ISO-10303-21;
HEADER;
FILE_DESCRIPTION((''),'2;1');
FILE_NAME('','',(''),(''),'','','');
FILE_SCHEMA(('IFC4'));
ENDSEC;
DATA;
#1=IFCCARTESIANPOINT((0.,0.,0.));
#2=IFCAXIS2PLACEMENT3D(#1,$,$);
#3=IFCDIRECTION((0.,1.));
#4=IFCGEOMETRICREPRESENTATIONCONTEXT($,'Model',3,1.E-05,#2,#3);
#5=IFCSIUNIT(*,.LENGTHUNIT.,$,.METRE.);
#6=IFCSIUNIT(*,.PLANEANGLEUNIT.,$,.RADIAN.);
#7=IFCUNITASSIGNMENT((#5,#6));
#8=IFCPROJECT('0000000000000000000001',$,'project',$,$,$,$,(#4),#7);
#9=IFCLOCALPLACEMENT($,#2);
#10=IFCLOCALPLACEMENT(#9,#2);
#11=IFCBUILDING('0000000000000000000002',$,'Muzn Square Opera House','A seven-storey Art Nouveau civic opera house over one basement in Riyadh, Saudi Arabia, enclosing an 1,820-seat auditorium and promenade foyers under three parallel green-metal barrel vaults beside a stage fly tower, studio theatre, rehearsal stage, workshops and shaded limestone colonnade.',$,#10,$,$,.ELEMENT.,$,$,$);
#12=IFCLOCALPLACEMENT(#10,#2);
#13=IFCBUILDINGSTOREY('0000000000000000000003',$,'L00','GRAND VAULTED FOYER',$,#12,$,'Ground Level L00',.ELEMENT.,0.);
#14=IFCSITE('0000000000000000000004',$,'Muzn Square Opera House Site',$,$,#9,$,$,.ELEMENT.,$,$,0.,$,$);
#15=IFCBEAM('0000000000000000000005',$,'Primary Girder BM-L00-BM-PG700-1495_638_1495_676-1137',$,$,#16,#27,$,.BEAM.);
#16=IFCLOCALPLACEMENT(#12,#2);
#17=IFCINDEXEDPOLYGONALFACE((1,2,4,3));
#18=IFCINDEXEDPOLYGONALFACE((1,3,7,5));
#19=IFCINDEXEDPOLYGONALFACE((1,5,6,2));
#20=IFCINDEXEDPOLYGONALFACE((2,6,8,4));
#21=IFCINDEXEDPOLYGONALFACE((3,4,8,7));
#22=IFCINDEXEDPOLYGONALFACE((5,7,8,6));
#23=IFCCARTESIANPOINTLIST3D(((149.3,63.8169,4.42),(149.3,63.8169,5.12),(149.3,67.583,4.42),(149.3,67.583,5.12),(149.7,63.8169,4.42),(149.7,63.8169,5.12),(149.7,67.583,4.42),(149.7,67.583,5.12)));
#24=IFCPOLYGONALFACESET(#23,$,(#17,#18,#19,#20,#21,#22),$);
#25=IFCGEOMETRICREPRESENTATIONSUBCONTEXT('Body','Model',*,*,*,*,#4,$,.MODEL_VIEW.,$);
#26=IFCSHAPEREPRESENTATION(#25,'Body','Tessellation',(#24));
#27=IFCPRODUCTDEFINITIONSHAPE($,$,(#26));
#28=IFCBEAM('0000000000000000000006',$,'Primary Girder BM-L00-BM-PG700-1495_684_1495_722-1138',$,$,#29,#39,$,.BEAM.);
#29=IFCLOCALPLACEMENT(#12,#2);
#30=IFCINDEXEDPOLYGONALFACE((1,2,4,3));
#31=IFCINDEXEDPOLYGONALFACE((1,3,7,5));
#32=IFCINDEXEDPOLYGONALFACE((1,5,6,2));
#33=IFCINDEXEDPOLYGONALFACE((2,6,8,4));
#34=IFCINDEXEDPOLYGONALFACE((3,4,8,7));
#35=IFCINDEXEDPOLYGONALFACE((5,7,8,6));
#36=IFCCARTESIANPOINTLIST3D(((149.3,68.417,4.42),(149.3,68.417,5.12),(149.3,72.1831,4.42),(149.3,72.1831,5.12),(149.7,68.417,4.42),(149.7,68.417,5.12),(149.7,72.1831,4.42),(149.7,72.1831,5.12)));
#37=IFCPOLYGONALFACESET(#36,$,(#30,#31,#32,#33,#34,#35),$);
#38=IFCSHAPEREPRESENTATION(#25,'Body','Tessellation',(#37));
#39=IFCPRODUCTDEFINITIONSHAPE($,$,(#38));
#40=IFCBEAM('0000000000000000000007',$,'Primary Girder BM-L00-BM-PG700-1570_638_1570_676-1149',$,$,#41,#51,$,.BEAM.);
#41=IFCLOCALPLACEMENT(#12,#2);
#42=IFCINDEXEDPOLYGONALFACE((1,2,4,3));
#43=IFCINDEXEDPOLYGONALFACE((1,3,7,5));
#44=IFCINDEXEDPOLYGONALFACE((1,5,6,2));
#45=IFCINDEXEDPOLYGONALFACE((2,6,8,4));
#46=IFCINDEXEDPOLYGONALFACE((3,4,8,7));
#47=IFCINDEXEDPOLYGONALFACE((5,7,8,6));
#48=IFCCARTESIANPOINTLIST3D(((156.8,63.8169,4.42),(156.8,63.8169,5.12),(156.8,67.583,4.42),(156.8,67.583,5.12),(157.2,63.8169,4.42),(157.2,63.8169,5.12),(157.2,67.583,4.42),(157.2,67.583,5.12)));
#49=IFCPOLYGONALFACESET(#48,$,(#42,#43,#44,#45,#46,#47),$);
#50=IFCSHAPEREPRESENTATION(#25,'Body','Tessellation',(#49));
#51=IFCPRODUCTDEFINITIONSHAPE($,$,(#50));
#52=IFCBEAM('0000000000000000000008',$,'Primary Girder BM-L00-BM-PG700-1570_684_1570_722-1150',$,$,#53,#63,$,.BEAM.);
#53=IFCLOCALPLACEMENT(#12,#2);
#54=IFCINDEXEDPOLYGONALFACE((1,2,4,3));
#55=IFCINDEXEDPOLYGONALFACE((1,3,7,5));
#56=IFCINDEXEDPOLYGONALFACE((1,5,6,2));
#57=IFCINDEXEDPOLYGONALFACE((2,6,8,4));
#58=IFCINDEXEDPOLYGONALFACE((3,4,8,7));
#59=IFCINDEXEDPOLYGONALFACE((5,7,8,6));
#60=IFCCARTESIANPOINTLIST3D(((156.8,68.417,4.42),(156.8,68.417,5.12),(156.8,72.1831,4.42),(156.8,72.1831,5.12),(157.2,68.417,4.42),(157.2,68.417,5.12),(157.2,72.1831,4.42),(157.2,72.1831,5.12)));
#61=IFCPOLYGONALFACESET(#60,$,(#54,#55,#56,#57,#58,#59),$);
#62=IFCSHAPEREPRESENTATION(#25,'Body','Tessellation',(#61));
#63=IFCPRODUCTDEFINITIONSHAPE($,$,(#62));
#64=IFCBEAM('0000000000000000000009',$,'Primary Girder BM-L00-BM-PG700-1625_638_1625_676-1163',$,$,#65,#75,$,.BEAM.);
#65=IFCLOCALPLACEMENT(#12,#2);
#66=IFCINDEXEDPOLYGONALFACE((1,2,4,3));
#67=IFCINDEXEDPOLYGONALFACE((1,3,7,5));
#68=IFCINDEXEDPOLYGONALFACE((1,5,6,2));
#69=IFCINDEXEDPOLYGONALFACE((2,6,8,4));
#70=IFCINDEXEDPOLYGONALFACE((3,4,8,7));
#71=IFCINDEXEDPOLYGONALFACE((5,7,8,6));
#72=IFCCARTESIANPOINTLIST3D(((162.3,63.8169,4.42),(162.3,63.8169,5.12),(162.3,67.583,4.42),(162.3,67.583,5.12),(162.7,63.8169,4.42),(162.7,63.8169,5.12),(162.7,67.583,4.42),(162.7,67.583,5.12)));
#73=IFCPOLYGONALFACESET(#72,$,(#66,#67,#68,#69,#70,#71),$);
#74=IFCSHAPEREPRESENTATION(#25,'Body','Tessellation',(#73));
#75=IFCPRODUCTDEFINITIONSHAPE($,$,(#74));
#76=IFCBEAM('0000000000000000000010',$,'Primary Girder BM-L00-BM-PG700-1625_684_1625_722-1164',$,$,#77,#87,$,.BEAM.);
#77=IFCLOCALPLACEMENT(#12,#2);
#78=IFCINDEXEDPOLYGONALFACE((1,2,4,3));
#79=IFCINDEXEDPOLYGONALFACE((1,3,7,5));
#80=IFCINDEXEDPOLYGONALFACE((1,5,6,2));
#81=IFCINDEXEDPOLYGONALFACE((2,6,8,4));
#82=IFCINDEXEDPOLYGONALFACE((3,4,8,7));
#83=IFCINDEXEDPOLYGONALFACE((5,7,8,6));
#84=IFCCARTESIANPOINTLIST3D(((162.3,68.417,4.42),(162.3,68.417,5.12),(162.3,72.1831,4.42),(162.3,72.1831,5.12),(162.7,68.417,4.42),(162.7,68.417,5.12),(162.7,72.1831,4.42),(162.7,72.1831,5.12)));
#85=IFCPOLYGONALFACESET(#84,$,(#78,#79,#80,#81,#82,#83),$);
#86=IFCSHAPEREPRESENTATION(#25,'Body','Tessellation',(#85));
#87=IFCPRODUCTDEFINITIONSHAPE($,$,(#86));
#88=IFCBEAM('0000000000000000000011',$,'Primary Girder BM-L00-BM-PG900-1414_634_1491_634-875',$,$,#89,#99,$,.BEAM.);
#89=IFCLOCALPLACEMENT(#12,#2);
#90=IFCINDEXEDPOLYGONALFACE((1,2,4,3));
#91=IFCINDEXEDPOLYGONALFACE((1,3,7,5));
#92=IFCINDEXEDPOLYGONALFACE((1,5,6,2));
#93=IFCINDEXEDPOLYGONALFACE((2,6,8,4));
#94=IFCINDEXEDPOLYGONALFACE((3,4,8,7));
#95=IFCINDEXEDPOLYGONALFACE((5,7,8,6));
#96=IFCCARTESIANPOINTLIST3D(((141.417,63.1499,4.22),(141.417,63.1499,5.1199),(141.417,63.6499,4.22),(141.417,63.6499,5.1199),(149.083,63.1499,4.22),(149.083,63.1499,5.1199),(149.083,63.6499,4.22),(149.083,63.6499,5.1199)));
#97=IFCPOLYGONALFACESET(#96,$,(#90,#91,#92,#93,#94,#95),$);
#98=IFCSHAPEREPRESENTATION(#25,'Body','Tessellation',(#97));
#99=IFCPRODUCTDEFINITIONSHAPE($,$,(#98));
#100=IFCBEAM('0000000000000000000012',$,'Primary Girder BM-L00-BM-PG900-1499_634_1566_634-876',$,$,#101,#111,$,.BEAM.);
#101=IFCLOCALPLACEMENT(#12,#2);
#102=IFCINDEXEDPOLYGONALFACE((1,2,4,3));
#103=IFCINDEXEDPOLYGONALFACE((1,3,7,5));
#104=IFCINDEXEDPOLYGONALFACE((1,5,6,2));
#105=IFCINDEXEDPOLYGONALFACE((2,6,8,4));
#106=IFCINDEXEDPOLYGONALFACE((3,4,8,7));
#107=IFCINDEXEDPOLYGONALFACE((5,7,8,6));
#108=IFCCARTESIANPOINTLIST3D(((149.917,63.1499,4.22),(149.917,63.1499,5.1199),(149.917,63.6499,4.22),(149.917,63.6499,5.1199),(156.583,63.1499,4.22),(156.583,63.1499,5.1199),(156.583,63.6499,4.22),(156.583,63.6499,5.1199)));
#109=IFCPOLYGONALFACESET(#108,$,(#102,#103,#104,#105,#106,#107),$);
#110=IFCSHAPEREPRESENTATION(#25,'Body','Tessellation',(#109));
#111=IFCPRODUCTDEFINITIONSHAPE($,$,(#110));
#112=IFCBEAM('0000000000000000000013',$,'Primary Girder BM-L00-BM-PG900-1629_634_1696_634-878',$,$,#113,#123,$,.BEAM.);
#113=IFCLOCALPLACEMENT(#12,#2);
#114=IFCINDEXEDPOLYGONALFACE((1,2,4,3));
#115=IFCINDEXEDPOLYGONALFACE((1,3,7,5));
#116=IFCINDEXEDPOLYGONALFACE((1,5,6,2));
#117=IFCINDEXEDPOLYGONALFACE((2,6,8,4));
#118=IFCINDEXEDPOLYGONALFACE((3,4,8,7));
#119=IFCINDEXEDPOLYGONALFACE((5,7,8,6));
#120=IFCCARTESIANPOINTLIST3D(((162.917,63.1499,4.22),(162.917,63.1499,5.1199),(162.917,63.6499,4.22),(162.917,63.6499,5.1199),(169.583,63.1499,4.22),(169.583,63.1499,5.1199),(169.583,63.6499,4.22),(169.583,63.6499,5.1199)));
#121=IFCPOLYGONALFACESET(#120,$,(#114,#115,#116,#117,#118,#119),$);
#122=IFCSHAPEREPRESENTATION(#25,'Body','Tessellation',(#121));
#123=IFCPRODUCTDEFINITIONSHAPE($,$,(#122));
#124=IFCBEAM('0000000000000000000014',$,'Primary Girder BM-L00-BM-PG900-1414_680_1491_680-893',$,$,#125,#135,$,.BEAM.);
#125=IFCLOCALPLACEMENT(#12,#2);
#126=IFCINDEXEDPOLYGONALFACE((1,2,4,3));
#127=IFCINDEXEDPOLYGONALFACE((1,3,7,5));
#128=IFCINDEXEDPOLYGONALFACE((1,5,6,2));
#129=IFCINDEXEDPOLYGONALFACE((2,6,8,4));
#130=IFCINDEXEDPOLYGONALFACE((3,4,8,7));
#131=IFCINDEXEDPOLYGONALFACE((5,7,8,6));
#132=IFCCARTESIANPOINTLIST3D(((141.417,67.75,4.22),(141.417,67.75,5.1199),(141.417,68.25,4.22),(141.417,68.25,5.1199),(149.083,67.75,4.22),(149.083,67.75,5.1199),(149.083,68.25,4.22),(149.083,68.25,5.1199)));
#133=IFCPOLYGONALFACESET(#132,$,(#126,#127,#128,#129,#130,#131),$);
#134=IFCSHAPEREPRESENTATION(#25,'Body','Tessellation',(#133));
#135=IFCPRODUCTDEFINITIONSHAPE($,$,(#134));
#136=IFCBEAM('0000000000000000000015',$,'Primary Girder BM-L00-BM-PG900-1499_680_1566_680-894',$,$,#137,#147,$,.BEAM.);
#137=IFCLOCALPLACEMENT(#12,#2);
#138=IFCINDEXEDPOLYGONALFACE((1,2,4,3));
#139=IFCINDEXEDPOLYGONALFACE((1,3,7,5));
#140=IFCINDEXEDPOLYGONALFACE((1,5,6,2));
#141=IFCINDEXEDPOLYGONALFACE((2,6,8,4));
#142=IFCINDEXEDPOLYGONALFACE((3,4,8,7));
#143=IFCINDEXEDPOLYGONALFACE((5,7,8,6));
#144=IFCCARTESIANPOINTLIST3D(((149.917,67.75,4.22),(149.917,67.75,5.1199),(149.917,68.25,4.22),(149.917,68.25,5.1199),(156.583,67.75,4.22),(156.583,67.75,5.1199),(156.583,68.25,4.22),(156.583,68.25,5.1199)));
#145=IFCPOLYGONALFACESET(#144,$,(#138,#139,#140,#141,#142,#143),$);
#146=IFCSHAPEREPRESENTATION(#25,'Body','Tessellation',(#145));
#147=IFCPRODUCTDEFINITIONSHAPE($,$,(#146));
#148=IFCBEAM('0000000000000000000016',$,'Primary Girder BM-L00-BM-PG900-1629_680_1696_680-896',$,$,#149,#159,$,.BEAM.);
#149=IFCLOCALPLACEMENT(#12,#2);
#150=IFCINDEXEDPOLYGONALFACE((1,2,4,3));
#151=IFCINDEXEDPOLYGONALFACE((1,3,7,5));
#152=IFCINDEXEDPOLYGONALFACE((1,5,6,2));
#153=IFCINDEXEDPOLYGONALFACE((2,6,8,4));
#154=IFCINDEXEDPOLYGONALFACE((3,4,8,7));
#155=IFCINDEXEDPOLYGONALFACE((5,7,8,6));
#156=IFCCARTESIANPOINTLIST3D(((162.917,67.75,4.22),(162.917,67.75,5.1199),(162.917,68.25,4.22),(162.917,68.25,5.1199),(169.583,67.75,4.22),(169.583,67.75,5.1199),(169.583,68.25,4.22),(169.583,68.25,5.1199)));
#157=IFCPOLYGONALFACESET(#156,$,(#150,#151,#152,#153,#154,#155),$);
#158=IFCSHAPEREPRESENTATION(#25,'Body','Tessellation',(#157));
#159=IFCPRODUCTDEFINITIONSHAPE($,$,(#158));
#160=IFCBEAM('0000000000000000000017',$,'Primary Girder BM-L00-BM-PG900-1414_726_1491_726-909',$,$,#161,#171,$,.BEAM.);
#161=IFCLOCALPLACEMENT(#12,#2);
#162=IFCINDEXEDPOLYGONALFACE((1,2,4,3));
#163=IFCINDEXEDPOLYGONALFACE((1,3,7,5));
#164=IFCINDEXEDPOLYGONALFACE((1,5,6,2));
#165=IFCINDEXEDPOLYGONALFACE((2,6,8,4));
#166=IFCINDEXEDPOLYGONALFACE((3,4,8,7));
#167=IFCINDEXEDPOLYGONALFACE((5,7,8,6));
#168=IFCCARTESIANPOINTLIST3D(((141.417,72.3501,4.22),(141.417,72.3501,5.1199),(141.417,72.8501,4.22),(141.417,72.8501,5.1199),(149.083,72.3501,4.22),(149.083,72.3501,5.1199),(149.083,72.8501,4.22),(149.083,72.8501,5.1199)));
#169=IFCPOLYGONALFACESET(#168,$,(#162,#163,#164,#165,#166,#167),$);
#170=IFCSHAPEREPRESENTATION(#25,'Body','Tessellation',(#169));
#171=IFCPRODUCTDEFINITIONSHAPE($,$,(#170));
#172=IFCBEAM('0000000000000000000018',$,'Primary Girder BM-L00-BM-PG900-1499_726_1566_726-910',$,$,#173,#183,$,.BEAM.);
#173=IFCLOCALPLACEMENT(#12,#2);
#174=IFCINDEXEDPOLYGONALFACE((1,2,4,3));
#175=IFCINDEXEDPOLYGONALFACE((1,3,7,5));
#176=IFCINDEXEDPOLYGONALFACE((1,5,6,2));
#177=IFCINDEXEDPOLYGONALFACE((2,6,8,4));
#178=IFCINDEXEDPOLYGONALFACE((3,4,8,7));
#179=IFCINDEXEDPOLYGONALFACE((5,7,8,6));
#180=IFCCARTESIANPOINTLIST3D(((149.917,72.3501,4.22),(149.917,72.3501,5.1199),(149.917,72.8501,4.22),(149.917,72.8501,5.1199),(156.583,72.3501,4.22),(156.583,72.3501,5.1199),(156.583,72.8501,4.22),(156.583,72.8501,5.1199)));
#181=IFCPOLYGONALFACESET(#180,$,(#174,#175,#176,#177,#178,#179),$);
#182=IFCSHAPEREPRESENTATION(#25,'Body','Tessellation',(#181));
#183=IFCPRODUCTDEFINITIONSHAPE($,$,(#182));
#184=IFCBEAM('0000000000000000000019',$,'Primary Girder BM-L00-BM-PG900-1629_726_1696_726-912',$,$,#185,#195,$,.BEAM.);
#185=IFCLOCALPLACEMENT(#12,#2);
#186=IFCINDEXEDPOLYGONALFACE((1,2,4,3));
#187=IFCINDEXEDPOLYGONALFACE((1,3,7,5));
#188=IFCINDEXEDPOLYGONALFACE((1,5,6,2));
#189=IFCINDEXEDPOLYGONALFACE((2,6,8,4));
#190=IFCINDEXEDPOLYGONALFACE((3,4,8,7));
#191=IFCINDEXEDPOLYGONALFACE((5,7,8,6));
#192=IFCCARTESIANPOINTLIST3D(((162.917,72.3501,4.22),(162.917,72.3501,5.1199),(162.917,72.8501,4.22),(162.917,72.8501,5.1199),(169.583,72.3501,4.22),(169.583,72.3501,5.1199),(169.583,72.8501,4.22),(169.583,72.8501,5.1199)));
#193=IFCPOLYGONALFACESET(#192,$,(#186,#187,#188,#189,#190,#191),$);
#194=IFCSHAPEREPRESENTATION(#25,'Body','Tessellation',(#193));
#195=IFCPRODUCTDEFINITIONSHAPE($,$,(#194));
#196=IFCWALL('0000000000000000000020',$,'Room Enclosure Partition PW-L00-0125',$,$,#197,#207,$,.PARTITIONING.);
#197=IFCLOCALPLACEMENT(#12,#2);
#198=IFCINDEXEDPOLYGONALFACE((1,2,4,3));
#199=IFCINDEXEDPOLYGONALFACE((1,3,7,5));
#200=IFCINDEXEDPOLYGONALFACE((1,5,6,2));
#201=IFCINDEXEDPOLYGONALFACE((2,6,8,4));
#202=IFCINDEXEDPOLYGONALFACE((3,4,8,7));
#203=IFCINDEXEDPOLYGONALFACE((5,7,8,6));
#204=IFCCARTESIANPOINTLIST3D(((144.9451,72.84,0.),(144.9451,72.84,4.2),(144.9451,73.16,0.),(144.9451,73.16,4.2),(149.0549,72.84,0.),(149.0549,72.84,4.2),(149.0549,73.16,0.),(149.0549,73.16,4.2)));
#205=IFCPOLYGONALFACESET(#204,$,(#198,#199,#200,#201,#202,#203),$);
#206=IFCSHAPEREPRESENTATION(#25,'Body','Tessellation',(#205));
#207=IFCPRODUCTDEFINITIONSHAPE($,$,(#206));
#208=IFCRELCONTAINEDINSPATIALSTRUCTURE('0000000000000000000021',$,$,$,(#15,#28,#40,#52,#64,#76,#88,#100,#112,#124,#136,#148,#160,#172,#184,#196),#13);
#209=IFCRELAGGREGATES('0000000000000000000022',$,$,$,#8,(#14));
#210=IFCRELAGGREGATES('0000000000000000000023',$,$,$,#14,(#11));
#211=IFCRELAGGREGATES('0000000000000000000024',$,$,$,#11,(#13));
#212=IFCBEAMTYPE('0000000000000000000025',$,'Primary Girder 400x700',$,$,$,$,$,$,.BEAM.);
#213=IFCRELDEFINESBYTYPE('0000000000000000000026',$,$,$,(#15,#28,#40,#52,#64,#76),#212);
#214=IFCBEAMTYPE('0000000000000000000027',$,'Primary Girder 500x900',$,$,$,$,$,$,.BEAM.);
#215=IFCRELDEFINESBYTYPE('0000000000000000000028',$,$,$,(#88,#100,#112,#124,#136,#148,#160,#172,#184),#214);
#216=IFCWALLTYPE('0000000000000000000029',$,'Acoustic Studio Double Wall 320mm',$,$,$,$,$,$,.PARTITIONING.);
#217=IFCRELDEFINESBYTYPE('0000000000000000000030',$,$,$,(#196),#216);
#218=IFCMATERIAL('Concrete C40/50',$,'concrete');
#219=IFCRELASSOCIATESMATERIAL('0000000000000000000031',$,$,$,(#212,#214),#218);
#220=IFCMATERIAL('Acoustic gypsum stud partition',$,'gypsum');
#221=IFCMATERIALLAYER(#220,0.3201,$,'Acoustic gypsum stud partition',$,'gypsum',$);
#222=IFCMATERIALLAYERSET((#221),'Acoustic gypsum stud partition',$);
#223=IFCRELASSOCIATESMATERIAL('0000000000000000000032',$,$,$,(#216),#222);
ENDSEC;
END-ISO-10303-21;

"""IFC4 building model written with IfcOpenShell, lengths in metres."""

from ifc_helpers import new_model, si_unit, direction, frame, frame_2d, origin, origin_2d, place, context, subcontext, project, spatial, rectangle, extrude, material, layer, layer_set, material_profile, profile_set, type_object, element, save


model = new_model("IFC4")

# Units and contexts
model_context = context("Model", 3, precision=1e-05, world=origin(), true_north=direction((0.0, 1.0)))
body_context = subcontext(model_context, "Body", "Model", "MODEL_VIEW")
ifc_project = project(units=[si_unit("LENGTHUNIT", "METRE"), si_unit("PLANEANGLEUNIT", "RADIAN")], contexts=[model_context])

# Site, building, storey
site_placement = place(None, origin())
site = spatial("IfcSite", under=ifc_project, at=site_placement, Name="Muzn Square Opera House Site", CompositionType="ELEMENT", RefElevation=0.0)
building_placement = place(site_placement, origin())
building = spatial("IfcBuilding", under=site, at=building_placement, Name="Muzn Square Opera House", Description="A seven-storey Art Nouveau civic opera house over one basement in Riyadh, Saudi Arabia, enclosing an 1,820-seat auditorium and promenade foyers under three parallel green-metal barrel vaults beside a stage fly tower, studio theatre, rehearsal stage, workshops and shaded limestone colonnade.", CompositionType="ELEMENT")
storey_placement = place(building_placement, origin())
storey = spatial("IfcBuildingStorey", under=building, at=storey_placement, Name="L00", Description="GRAND VAULTED FOYER", LongName="Ground Level L00", CompositionType="ELEMENT", Elevation=0.0)

# Beams
ifc_material_1 = material(Name="Concrete C40/50", Category="concrete")
ifc_material_profile_1 = material_profile(ifc_material_1, rectangle(XDim=0.3999, YDim=0.7, at=origin_2d()), Name="RCB 400x700", Category="concrete")
ifc_profile_set_1 = profile_set([ifc_material_profile_1], Name="Concrete C40/50")
beam_type_1 = type_object("IfcBeamType", Name="Primary Girder 400x700", PredefinedType="BEAM", material=ifc_profile_set_1)
for number, where, z_axis, x_axis, name in (
    (1, (149.5, 63.8169, 4.77), (0.0, 1.0, 0.0), (-1.0, 0.0, 0.0), "Primary Girder BM-L00-BM-PG700-1495_638_1495_676-1137"),
    (2, (149.5, 68.417, 4.77), (0.0, 1.0, 0.0), (-1.0, 0.0, 0.0), "Primary Girder BM-L00-BM-PG700-1495_684_1495_722-1138"),
    (3, (157.0, 63.8169, 4.77), (0.0, 1.0, 0.0), (-1.0, 0.0, 0.0), "Primary Girder BM-L00-BM-PG700-1570_638_1570_676-1149"),
    (4, (157.0, 68.417, 4.77), (0.0, 1.0, 0.0), (-1.0, 0.0, 0.0), "Primary Girder BM-L00-BM-PG700-1570_684_1570_722-1150"),
    (5, (162.5, 63.8169, 4.77), (0.0, 1.0, 0.0), (-1.0, 0.0, 0.0), "Primary Girder BM-L00-BM-PG700-1625_638_1625_676-1163"),
    (6, (162.5, 68.417, 4.77), (0.0, 1.0, 0.0), (-1.0, 0.0, 0.0), "Primary Girder BM-L00-BM-PG700-1625_684_1625_722-1164"),
):
    element("IfcBeam", number, at=place(storey_placement, frame(where, z_axis=z_axis, x_axis=x_axis)), inside=storey, type_object=beam_type_1, Name=name, PredefinedType="BEAM", context=body_context, shape_type="SweptSolid", body=[
        extrude(rectangle(XDim=0.3999, YDim=0.7, at=origin_2d()), origin(), (0.0, 0.0, 1.0), 3.7661),
    ])
ifc_material_profile_2 = material_profile(ifc_material_1, rectangle(XDim=0.5, YDim=0.8999, at=origin_2d()), Name="RCB 500x900", Category="concrete")
ifc_profile_set_2 = profile_set([ifc_material_profile_2], Name="Concrete C40/50")
beam_type_2 = type_object("IfcBeamType", Name="Primary Girder 500x900", PredefinedType="BEAM", material=ifc_profile_set_2)
beam_1_placement = place(storey_placement, frame((141.417, 63.3999, 4.6699), z_axis=(1.0, 0.0, 0.0), x_axis=(0.0, 1.0, 0.0)))
element("IfcBeam", 7, at=beam_1_placement, inside=storey, type_object=beam_type_2, Name="Primary Girder BM-L00-BM-PG900-1414_634_1491_634-875", PredefinedType="BEAM", context=body_context, shape_type="SweptSolid", body=[
    extrude(rectangle(XDim=0.5, YDim=0.8999, at=origin_2d()), origin(), (0.0, 0.0, 1.0), 7.666),
])
for number, where, z_axis, x_axis, name in (
    (8, (149.917, 63.3999, 4.6699), (1.0, 0.0, 0.0), (0.0, 1.0, 0.0), "Primary Girder BM-L00-BM-PG900-1499_634_1566_634-876"),
    (9, (162.917, 63.3999, 4.6699), (1.0, 0.0, 0.0), (0.0, 1.0, 0.0), "Primary Girder BM-L00-BM-PG900-1629_634_1696_634-878"),
):
    element("IfcBeam", number, at=place(storey_placement, frame(where, z_axis=z_axis, x_axis=x_axis)), inside=storey, type_object=beam_type_2, Name=name, PredefinedType="BEAM", context=body_context, shape_type="SweptSolid", body=[
        extrude(rectangle(XDim=0.5, YDim=0.8999, at=origin_2d()), origin(), (0.0, 0.0, 1.0), 6.666),
    ])
beam_2_placement = place(storey_placement, frame((141.417, 68.0, 4.6699), z_axis=(1.0, 0.0, 0.0), x_axis=(0.0, 1.0, 0.0)))
element("IfcBeam", 10, at=beam_2_placement, inside=storey, type_object=beam_type_2, Name="Primary Girder BM-L00-BM-PG900-1414_680_1491_680-893", PredefinedType="BEAM", context=body_context, shape_type="SweptSolid", body=[
    extrude(rectangle(XDim=0.5, YDim=0.8999, at=origin_2d()), origin(), (0.0, 0.0, 1.0), 7.666),
])
for number, where, z_axis, x_axis, name in (
    (11, (149.917, 68.0, 4.6699), (1.0, 0.0, 0.0), (0.0, 1.0, 0.0), "Primary Girder BM-L00-BM-PG900-1499_680_1566_680-894"),
    (12, (162.917, 68.0, 4.6699), (1.0, 0.0, 0.0), (0.0, 1.0, 0.0), "Primary Girder BM-L00-BM-PG900-1629_680_1696_680-896"),
):
    element("IfcBeam", number, at=place(storey_placement, frame(where, z_axis=z_axis, x_axis=x_axis)), inside=storey, type_object=beam_type_2, Name=name, PredefinedType="BEAM", context=body_context, shape_type="SweptSolid", body=[
        extrude(rectangle(XDim=0.5, YDim=0.8999, at=origin_2d()), origin(), (0.0, 0.0, 1.0), 6.666),
    ])
beam_3_placement = place(storey_placement, frame((141.417, 72.6001, 4.6699), z_axis=(1.0, 0.0, 0.0), x_axis=(0.0, 1.0, 0.0)))
element("IfcBeam", 13, at=beam_3_placement, inside=storey, type_object=beam_type_2, Name="Primary Girder BM-L00-BM-PG900-1414_726_1491_726-909", PredefinedType="BEAM", context=body_context, shape_type="SweptSolid", body=[
    extrude(rectangle(XDim=0.5, YDim=0.8999, at=origin_2d()), origin(), (0.0, 0.0, 1.0), 7.666),
])
for number, where, z_axis, x_axis, name in (
    (14, (149.917, 72.6001, 4.6699), (1.0, 0.0, 0.0), (0.0, 1.0, 0.0), "Primary Girder BM-L00-BM-PG900-1499_726_1566_726-910"),
    (15, (162.917, 72.6001, 4.6699), (1.0, 0.0, 0.0), (0.0, 1.0, 0.0), "Primary Girder BM-L00-BM-PG900-1629_726_1696_726-912"),
):
    element("IfcBeam", number, at=place(storey_placement, frame(where, z_axis=z_axis, x_axis=x_axis)), inside=storey, type_object=beam_type_2, Name=name, PredefinedType="BEAM", context=body_context, shape_type="SweptSolid", body=[
        extrude(rectangle(XDim=0.5, YDim=0.8999, at=origin_2d()), origin(), (0.0, 0.0, 1.0), 6.666),
    ])

# Wall
ifc_material_2 = material(Name="Acoustic gypsum stud partition", Category="gypsum")
ifc_layer_1 = layer(ifc_material_2, 0.3201, Name="Acoustic gypsum stud partition", Category="gypsum")
ifc_layer_set_1 = layer_set([ifc_layer_1], Name="Acoustic gypsum stud partition")
wall_type_1 = type_object("IfcWallType", Name="Acoustic Studio Double Wall 320mm", PredefinedType="PARTITIONING", material=ifc_layer_set_1)
wall_1_placement = place(storey_placement, frame((144.9451, 73.0, 0.0), z_axis=(0.0, 0.0, 1.0), x_axis=(1.0, 0.0, 0.0)))
element("IfcWall", 16, at=wall_1_placement, inside=storey, type_object=wall_type_1, Name="Room Enclosure Partition PW-L00-0125", PredefinedType="PARTITIONING", context=body_context, shape_type="SweptSolid", body=[
    extrude(rectangle(XDim=4.1099, YDim=0.3201, at=frame_2d((2.0549, 0.0))), origin(), (0.0, 0.0, 1.0), 4.2),
])

save(model, "model.ifc")
